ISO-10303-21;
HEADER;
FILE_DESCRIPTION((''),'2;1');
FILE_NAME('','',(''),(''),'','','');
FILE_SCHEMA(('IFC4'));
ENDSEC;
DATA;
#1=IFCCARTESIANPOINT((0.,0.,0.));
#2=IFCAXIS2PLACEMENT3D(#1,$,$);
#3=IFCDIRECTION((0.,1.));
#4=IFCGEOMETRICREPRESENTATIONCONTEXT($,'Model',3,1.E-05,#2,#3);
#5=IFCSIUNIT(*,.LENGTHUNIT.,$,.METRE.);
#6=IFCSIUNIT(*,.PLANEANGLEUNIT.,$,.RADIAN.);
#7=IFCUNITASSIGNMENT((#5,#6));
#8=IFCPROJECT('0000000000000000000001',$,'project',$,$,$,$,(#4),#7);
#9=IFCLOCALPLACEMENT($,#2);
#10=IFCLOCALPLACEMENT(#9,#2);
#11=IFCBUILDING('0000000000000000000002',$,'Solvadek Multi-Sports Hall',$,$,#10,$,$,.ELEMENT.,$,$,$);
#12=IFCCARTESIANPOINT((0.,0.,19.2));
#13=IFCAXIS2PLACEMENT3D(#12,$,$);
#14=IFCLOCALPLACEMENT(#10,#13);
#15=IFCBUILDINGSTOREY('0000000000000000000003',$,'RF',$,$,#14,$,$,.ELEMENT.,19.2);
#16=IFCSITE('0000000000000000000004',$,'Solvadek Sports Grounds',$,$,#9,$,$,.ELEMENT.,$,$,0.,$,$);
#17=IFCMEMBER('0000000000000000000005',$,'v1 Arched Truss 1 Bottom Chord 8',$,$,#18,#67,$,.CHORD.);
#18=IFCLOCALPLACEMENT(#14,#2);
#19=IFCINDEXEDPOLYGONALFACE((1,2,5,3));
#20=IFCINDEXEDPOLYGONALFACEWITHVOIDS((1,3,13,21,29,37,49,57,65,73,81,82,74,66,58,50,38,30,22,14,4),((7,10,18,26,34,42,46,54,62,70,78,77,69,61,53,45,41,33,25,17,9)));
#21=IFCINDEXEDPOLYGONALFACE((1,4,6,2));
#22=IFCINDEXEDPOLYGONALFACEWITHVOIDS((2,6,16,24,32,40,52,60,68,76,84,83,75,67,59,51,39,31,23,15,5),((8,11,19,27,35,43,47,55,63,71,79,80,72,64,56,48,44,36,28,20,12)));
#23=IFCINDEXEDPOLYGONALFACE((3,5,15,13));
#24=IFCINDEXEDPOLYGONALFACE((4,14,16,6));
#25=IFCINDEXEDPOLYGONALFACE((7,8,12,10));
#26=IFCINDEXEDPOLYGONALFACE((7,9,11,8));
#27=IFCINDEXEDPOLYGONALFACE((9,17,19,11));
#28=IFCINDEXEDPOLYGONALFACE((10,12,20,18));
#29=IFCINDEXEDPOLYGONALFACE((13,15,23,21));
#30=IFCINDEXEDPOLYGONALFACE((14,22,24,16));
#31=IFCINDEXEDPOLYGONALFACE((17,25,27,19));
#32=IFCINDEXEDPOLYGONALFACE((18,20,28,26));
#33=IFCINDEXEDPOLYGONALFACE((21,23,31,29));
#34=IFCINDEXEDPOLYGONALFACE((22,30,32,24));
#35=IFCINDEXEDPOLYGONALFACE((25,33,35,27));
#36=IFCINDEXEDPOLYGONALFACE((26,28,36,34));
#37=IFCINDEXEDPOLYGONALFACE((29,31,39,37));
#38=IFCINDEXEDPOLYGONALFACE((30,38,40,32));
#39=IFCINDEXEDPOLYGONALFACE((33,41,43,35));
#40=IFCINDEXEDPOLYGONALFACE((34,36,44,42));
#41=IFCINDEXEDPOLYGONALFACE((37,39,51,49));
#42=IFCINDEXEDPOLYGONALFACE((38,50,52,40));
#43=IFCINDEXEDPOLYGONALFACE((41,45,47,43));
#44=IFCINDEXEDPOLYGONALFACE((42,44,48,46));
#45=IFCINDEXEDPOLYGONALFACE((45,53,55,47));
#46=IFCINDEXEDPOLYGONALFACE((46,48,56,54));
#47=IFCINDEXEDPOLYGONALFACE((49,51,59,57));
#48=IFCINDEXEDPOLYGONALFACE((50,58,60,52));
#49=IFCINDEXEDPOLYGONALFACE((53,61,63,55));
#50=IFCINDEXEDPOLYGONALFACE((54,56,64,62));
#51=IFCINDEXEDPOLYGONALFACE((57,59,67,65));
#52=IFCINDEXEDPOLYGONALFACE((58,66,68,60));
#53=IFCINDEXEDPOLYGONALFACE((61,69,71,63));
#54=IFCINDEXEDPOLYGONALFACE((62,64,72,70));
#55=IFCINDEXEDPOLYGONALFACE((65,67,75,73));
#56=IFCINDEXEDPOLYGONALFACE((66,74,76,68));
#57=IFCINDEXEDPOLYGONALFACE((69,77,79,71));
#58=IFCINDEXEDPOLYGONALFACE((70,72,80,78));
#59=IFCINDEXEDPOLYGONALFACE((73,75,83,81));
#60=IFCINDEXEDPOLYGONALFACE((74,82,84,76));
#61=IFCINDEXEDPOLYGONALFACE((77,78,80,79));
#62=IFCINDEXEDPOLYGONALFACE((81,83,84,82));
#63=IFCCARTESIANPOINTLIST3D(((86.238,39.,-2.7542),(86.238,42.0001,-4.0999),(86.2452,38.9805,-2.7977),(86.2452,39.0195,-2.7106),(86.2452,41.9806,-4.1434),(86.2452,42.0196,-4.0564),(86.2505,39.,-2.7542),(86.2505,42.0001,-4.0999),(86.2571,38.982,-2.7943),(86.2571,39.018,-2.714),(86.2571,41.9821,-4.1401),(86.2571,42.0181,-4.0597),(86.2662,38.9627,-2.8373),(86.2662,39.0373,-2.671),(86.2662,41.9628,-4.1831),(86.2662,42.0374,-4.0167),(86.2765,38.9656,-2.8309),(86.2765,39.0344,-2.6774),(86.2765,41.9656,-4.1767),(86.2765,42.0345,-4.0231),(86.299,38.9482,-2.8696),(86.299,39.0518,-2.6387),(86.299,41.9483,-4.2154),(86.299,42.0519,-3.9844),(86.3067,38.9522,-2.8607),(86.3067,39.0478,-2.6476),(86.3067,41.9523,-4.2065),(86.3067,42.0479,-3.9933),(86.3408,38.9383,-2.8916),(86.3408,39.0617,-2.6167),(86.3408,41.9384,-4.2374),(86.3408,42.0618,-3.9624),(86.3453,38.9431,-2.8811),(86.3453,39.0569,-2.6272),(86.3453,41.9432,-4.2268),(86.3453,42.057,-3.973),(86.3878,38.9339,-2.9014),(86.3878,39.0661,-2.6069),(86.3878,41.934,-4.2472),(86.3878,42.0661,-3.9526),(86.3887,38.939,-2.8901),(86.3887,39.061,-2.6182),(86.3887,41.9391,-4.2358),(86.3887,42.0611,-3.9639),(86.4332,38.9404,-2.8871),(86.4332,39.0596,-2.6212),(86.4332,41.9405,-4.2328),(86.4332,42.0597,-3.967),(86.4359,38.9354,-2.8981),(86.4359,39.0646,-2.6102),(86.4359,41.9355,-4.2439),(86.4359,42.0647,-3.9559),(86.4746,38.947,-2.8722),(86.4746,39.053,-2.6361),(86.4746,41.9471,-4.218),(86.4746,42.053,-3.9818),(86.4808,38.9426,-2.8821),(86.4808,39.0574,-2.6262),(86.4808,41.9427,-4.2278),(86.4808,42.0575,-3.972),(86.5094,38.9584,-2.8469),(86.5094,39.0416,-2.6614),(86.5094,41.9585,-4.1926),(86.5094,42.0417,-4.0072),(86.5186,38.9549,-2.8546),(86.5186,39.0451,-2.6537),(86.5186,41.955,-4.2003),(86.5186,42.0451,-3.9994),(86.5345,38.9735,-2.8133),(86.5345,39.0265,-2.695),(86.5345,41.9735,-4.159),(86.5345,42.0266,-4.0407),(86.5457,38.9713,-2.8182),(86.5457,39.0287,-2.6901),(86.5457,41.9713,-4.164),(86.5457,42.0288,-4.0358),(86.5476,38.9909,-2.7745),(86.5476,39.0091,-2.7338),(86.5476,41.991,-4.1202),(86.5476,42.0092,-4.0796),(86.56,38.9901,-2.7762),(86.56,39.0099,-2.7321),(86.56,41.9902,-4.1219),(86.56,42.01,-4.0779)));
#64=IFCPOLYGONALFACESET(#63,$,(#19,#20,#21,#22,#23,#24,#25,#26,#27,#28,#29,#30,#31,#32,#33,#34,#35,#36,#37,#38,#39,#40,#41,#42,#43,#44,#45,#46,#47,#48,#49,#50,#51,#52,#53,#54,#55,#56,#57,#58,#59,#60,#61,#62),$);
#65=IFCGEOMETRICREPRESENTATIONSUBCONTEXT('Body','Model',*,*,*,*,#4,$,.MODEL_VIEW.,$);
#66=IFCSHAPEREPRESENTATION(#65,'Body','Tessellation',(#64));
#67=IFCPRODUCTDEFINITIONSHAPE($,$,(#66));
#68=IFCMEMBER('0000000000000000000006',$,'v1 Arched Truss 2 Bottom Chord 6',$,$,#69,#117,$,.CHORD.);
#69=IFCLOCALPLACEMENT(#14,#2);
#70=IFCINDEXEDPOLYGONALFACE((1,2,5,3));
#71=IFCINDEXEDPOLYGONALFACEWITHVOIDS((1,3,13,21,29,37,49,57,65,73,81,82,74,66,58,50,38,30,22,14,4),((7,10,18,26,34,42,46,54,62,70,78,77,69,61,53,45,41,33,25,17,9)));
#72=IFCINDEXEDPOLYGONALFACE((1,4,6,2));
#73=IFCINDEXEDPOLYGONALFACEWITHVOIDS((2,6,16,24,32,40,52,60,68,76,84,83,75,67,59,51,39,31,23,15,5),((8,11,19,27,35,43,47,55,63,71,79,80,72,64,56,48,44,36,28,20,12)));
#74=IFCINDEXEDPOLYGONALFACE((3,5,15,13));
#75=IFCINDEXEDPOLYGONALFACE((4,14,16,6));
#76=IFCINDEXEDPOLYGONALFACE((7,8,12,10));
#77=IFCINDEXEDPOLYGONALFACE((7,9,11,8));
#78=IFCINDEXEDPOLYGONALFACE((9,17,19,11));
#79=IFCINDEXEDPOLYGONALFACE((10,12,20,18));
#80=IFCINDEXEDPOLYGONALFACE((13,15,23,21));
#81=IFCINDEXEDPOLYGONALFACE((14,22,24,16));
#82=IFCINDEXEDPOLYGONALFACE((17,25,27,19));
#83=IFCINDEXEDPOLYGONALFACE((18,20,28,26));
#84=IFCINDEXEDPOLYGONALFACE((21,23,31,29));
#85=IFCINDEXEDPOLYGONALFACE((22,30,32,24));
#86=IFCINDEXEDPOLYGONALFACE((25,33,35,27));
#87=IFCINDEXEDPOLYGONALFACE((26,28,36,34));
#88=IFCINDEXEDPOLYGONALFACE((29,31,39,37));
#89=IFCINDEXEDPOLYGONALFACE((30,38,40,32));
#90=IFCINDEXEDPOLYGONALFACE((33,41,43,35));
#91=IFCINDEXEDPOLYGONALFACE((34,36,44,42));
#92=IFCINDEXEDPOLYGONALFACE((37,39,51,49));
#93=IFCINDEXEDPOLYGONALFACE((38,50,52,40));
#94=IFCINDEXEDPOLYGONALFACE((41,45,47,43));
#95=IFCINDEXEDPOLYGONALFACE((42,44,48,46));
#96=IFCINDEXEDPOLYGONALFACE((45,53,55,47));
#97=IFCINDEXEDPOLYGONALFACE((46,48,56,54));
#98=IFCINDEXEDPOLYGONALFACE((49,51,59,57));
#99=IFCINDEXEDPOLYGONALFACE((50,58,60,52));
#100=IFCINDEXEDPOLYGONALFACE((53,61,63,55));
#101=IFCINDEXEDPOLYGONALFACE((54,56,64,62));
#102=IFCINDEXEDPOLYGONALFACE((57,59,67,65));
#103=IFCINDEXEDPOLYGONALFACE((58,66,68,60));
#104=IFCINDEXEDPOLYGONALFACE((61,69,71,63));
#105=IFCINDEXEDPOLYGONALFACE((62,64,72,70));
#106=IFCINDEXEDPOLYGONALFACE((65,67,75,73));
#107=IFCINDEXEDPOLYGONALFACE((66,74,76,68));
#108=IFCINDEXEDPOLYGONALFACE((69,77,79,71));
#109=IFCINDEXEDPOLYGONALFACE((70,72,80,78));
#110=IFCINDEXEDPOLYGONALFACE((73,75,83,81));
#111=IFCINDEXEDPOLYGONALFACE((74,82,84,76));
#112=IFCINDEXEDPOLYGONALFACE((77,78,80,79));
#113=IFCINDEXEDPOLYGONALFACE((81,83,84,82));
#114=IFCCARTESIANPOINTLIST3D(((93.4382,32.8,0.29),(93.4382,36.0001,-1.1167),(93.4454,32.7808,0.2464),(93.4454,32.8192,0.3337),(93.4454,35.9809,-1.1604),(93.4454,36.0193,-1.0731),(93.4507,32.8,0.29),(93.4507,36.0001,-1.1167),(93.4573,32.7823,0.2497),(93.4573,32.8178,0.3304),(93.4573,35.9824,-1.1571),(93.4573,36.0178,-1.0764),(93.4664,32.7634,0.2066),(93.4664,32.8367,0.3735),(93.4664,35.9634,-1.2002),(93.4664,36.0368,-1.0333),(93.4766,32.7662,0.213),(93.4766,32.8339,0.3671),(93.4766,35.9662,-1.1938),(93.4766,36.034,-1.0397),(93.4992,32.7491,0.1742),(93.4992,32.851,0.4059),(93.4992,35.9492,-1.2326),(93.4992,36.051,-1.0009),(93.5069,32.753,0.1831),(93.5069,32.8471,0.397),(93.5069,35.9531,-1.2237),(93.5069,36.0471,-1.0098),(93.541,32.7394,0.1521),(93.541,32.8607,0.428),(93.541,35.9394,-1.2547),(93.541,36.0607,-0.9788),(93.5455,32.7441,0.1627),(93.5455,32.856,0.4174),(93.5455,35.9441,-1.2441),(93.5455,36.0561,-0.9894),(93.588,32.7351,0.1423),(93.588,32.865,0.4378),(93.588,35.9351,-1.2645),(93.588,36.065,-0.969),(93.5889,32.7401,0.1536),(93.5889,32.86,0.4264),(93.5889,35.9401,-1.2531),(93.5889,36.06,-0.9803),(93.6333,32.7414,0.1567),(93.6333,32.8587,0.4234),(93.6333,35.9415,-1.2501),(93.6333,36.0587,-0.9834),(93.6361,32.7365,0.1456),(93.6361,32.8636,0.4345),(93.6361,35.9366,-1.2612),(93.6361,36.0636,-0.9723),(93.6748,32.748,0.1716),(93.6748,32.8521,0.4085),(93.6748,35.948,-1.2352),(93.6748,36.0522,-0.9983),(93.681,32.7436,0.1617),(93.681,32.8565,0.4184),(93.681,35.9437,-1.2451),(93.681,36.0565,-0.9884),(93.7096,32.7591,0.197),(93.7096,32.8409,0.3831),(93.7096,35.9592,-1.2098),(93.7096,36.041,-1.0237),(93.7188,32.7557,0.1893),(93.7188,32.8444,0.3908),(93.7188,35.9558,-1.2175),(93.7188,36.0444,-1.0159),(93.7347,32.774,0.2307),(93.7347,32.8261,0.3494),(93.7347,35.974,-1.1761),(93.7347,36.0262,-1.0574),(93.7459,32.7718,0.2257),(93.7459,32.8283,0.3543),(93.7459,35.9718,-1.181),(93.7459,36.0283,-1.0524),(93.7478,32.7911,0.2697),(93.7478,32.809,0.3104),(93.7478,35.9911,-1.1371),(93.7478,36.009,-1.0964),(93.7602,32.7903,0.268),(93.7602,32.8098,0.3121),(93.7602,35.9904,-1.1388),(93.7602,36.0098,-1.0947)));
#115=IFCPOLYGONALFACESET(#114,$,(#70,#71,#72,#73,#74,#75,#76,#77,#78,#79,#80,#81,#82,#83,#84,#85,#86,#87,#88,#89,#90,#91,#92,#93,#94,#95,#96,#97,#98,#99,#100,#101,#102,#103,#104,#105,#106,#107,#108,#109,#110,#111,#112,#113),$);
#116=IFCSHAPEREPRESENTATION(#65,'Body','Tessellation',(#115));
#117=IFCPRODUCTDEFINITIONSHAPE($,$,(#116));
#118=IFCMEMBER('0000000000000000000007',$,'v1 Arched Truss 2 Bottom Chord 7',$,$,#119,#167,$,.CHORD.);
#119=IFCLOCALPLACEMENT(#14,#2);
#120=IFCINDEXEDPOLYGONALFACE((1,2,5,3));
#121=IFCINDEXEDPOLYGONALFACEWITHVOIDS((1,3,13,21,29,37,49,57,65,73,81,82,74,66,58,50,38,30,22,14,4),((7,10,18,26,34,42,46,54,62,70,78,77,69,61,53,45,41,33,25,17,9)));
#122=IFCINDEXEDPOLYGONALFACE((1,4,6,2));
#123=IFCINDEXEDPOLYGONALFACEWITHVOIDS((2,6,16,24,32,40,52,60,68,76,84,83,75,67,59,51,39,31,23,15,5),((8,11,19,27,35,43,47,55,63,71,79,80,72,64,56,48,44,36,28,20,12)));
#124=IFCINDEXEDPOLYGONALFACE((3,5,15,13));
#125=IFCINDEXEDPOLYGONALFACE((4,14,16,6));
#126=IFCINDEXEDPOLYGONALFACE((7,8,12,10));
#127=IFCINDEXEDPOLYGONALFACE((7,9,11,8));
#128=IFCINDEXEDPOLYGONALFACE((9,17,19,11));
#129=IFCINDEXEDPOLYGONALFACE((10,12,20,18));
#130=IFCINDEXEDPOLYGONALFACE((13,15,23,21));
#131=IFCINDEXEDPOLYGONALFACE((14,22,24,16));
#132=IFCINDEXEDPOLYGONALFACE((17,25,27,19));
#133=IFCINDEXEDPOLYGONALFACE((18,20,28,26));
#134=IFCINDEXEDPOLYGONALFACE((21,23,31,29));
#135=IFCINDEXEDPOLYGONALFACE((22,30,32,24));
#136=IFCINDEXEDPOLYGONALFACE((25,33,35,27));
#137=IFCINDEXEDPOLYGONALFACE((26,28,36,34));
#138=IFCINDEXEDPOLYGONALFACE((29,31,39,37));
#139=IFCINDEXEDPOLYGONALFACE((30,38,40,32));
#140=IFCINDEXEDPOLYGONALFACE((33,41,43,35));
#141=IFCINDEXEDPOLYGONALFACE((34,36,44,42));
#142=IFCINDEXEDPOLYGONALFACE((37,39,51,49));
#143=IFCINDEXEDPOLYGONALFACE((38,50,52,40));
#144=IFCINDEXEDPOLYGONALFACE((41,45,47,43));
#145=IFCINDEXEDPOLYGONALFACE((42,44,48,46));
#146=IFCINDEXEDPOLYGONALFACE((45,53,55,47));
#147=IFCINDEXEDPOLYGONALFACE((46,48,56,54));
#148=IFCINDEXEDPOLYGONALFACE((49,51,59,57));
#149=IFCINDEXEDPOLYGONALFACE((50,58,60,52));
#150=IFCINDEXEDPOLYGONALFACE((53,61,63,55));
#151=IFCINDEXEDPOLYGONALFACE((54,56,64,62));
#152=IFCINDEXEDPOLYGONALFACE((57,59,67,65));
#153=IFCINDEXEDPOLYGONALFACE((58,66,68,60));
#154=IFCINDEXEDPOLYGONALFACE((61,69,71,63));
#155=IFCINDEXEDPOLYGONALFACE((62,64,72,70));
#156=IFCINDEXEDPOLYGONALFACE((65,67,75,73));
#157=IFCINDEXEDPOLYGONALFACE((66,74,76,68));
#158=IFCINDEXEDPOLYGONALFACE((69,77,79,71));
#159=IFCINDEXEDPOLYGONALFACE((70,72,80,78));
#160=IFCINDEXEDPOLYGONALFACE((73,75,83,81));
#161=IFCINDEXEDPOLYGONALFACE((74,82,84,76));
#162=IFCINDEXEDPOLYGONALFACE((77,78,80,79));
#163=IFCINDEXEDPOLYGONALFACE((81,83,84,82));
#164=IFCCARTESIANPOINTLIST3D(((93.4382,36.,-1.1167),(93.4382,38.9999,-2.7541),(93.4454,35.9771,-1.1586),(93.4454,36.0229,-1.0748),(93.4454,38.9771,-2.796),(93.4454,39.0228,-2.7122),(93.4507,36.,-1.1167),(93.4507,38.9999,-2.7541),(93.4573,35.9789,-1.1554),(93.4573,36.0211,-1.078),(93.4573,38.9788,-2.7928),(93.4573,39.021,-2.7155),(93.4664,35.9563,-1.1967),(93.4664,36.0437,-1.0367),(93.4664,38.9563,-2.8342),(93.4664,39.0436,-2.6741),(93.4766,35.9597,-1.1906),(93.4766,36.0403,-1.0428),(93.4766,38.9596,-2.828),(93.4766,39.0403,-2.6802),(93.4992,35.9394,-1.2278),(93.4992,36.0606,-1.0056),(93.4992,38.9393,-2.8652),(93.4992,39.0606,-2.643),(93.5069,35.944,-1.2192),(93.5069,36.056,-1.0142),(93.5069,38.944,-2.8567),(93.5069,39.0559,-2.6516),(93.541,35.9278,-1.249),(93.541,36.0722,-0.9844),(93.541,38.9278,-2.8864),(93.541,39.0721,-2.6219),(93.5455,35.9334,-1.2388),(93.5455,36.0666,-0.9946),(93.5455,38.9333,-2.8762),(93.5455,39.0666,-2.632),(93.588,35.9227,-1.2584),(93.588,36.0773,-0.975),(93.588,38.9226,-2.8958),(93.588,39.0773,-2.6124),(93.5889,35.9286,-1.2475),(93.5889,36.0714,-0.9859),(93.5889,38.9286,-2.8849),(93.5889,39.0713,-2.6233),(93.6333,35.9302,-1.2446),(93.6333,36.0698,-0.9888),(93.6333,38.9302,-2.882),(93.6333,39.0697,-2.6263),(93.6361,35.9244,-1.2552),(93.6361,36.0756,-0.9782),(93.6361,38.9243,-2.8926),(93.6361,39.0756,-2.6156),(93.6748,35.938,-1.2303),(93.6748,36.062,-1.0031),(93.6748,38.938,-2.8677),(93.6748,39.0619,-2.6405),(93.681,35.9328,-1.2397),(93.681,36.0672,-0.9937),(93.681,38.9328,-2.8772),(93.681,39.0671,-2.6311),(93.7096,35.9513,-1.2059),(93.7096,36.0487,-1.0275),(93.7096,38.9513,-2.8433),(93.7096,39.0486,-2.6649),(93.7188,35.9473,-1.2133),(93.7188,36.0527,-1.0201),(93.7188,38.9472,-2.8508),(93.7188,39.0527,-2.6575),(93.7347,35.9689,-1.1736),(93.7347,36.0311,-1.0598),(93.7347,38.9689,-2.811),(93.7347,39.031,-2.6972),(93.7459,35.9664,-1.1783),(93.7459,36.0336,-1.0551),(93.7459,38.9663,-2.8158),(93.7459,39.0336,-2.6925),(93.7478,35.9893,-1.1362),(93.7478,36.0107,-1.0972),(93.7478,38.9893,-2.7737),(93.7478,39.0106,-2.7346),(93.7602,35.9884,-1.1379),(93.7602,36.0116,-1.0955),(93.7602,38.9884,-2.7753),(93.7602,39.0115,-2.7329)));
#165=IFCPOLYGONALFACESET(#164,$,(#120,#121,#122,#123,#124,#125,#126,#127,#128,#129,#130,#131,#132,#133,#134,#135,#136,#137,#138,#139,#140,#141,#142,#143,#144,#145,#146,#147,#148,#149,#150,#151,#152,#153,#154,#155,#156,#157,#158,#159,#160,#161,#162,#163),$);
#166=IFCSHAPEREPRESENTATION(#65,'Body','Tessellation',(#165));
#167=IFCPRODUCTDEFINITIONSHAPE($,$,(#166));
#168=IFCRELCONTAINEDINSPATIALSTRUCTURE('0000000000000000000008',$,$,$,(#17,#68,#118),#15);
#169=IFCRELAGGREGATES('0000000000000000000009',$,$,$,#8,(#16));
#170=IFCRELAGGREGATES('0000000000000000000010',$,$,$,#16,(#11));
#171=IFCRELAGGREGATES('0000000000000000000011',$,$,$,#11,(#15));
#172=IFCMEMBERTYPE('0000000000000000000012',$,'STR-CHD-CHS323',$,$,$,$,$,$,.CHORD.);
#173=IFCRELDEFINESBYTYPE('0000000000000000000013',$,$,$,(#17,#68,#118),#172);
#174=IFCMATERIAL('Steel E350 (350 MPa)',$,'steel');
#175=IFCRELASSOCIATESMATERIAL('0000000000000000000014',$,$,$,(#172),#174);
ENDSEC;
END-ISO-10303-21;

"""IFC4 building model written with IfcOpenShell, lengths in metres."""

from ifc_helpers import new_model, si_unit, direction, frame, origin, origin_2d, place, context, subcontext, project, spatial, hollow_circle, extrude, material, material_profile, profile_set, type_object, element, save


model = new_model("IFC4")

# Units and contexts
model_context = context("Model", 3, precision=1e-05, world=origin(), true_north=direction((0.0, 1.0)))
body_context = subcontext(model_context, "Body", "Model", "MODEL_VIEW")
ifc_project = project(units=[si_unit("LENGTHUNIT", "METRE"), si_unit("PLANEANGLEUNIT", "RADIAN")], contexts=[model_context])

# Site, building, storey
site_placement = place(None, origin())
site = spatial("IfcSite", under=ifc_project, at=site_placement, Name="Solvadek Sports Grounds", CompositionType="ELEMENT", RefElevation=0.0)
building_placement = place(site_placement, origin())
building = spatial("IfcBuilding", under=site, at=building_placement, Name="Solvadek Multi-Sports Hall", CompositionType="ELEMENT")
storey_placement = place(building_placement, frame((0.0, 0.0, 19.2)))
storey = spatial("IfcBuildingStorey", under=building, at=storey_placement, Name="RF", CompositionType="ELEMENT", Elevation=19.2)

# Shared definitions
ifc_material_1 = material(Name="Steel E350 (350 MPa)", Category="steel")

# Members
ifc_material_profile_1 = material_profile(ifc_material_1, hollow_circle(Radius=0.1619, WallThickness=0.0125, at=origin_2d()), Name="CHS 323.9x12.5")
ifc_profile_set_1 = profile_set([ifc_material_profile_1], Name="Steel E350 (350 MPa)")
member_type_1 = type_object("IfcMemberType", Name="STR-CHD-CHS323", PredefinedType="CHORD", material=ifc_profile_set_1)
member_1_placement = place(storey_placement, frame((86.3999, 39.0, -2.7542), z_axis=(0.0, 0.91241, -0.409278), x_axis=(-1.0, 0.0, 0.0)))
element("IfcMember", 1, at=member_1_placement, inside=storey, type_object=member_type_1, Name="v1 Arched Truss 1 Bottom Chord 8", PredefinedType="CHORD", context=body_context, shape_type="SweptSolid", body=[
    extrude(hollow_circle(Radius=0.1619, WallThickness=0.0125, at=origin_2d()), origin(), (0.0, 0.0, 1.0), 3.2881),
])
member_2_placement = place(storey_placement, frame((93.6001, 32.8, 0.29), z_axis=(0.0, 0.915446, -0.402441), x_axis=(-1.0, 0.0, 0.0)))
element("IfcMember", 2, at=member_2_placement, inside=storey, type_object=member_type_1, Name="v1 Arched Truss 2 Bottom Chord 6", PredefinedType="CHORD", context=body_context, shape_type="SweptSolid", body=[
    extrude(hollow_circle(Radius=0.1619, WallThickness=0.0125, at=origin_2d()), origin(), (0.0, 0.0, 1.0), 3.4956),
])
member_3_placement = place(storey_placement, frame((93.6001, 36.0, -1.1167), z_axis=(0.0, 0.877762, -0.479097), x_axis=(-1.0, 0.0, 0.0)))
element("IfcMember", 3, at=member_3_placement, inside=storey, type_object=member_type_1, Name="v1 Arched Truss 2 Bottom Chord 7", PredefinedType="CHORD", context=body_context, shape_type="SweptSolid", body=[
    extrude(hollow_circle(Radius=0.1619, WallThickness=0.0125, at=origin_2d()), origin(), (0.0, 0.0, 1.0), 3.4177),
])

save(model, "model.ifc")
